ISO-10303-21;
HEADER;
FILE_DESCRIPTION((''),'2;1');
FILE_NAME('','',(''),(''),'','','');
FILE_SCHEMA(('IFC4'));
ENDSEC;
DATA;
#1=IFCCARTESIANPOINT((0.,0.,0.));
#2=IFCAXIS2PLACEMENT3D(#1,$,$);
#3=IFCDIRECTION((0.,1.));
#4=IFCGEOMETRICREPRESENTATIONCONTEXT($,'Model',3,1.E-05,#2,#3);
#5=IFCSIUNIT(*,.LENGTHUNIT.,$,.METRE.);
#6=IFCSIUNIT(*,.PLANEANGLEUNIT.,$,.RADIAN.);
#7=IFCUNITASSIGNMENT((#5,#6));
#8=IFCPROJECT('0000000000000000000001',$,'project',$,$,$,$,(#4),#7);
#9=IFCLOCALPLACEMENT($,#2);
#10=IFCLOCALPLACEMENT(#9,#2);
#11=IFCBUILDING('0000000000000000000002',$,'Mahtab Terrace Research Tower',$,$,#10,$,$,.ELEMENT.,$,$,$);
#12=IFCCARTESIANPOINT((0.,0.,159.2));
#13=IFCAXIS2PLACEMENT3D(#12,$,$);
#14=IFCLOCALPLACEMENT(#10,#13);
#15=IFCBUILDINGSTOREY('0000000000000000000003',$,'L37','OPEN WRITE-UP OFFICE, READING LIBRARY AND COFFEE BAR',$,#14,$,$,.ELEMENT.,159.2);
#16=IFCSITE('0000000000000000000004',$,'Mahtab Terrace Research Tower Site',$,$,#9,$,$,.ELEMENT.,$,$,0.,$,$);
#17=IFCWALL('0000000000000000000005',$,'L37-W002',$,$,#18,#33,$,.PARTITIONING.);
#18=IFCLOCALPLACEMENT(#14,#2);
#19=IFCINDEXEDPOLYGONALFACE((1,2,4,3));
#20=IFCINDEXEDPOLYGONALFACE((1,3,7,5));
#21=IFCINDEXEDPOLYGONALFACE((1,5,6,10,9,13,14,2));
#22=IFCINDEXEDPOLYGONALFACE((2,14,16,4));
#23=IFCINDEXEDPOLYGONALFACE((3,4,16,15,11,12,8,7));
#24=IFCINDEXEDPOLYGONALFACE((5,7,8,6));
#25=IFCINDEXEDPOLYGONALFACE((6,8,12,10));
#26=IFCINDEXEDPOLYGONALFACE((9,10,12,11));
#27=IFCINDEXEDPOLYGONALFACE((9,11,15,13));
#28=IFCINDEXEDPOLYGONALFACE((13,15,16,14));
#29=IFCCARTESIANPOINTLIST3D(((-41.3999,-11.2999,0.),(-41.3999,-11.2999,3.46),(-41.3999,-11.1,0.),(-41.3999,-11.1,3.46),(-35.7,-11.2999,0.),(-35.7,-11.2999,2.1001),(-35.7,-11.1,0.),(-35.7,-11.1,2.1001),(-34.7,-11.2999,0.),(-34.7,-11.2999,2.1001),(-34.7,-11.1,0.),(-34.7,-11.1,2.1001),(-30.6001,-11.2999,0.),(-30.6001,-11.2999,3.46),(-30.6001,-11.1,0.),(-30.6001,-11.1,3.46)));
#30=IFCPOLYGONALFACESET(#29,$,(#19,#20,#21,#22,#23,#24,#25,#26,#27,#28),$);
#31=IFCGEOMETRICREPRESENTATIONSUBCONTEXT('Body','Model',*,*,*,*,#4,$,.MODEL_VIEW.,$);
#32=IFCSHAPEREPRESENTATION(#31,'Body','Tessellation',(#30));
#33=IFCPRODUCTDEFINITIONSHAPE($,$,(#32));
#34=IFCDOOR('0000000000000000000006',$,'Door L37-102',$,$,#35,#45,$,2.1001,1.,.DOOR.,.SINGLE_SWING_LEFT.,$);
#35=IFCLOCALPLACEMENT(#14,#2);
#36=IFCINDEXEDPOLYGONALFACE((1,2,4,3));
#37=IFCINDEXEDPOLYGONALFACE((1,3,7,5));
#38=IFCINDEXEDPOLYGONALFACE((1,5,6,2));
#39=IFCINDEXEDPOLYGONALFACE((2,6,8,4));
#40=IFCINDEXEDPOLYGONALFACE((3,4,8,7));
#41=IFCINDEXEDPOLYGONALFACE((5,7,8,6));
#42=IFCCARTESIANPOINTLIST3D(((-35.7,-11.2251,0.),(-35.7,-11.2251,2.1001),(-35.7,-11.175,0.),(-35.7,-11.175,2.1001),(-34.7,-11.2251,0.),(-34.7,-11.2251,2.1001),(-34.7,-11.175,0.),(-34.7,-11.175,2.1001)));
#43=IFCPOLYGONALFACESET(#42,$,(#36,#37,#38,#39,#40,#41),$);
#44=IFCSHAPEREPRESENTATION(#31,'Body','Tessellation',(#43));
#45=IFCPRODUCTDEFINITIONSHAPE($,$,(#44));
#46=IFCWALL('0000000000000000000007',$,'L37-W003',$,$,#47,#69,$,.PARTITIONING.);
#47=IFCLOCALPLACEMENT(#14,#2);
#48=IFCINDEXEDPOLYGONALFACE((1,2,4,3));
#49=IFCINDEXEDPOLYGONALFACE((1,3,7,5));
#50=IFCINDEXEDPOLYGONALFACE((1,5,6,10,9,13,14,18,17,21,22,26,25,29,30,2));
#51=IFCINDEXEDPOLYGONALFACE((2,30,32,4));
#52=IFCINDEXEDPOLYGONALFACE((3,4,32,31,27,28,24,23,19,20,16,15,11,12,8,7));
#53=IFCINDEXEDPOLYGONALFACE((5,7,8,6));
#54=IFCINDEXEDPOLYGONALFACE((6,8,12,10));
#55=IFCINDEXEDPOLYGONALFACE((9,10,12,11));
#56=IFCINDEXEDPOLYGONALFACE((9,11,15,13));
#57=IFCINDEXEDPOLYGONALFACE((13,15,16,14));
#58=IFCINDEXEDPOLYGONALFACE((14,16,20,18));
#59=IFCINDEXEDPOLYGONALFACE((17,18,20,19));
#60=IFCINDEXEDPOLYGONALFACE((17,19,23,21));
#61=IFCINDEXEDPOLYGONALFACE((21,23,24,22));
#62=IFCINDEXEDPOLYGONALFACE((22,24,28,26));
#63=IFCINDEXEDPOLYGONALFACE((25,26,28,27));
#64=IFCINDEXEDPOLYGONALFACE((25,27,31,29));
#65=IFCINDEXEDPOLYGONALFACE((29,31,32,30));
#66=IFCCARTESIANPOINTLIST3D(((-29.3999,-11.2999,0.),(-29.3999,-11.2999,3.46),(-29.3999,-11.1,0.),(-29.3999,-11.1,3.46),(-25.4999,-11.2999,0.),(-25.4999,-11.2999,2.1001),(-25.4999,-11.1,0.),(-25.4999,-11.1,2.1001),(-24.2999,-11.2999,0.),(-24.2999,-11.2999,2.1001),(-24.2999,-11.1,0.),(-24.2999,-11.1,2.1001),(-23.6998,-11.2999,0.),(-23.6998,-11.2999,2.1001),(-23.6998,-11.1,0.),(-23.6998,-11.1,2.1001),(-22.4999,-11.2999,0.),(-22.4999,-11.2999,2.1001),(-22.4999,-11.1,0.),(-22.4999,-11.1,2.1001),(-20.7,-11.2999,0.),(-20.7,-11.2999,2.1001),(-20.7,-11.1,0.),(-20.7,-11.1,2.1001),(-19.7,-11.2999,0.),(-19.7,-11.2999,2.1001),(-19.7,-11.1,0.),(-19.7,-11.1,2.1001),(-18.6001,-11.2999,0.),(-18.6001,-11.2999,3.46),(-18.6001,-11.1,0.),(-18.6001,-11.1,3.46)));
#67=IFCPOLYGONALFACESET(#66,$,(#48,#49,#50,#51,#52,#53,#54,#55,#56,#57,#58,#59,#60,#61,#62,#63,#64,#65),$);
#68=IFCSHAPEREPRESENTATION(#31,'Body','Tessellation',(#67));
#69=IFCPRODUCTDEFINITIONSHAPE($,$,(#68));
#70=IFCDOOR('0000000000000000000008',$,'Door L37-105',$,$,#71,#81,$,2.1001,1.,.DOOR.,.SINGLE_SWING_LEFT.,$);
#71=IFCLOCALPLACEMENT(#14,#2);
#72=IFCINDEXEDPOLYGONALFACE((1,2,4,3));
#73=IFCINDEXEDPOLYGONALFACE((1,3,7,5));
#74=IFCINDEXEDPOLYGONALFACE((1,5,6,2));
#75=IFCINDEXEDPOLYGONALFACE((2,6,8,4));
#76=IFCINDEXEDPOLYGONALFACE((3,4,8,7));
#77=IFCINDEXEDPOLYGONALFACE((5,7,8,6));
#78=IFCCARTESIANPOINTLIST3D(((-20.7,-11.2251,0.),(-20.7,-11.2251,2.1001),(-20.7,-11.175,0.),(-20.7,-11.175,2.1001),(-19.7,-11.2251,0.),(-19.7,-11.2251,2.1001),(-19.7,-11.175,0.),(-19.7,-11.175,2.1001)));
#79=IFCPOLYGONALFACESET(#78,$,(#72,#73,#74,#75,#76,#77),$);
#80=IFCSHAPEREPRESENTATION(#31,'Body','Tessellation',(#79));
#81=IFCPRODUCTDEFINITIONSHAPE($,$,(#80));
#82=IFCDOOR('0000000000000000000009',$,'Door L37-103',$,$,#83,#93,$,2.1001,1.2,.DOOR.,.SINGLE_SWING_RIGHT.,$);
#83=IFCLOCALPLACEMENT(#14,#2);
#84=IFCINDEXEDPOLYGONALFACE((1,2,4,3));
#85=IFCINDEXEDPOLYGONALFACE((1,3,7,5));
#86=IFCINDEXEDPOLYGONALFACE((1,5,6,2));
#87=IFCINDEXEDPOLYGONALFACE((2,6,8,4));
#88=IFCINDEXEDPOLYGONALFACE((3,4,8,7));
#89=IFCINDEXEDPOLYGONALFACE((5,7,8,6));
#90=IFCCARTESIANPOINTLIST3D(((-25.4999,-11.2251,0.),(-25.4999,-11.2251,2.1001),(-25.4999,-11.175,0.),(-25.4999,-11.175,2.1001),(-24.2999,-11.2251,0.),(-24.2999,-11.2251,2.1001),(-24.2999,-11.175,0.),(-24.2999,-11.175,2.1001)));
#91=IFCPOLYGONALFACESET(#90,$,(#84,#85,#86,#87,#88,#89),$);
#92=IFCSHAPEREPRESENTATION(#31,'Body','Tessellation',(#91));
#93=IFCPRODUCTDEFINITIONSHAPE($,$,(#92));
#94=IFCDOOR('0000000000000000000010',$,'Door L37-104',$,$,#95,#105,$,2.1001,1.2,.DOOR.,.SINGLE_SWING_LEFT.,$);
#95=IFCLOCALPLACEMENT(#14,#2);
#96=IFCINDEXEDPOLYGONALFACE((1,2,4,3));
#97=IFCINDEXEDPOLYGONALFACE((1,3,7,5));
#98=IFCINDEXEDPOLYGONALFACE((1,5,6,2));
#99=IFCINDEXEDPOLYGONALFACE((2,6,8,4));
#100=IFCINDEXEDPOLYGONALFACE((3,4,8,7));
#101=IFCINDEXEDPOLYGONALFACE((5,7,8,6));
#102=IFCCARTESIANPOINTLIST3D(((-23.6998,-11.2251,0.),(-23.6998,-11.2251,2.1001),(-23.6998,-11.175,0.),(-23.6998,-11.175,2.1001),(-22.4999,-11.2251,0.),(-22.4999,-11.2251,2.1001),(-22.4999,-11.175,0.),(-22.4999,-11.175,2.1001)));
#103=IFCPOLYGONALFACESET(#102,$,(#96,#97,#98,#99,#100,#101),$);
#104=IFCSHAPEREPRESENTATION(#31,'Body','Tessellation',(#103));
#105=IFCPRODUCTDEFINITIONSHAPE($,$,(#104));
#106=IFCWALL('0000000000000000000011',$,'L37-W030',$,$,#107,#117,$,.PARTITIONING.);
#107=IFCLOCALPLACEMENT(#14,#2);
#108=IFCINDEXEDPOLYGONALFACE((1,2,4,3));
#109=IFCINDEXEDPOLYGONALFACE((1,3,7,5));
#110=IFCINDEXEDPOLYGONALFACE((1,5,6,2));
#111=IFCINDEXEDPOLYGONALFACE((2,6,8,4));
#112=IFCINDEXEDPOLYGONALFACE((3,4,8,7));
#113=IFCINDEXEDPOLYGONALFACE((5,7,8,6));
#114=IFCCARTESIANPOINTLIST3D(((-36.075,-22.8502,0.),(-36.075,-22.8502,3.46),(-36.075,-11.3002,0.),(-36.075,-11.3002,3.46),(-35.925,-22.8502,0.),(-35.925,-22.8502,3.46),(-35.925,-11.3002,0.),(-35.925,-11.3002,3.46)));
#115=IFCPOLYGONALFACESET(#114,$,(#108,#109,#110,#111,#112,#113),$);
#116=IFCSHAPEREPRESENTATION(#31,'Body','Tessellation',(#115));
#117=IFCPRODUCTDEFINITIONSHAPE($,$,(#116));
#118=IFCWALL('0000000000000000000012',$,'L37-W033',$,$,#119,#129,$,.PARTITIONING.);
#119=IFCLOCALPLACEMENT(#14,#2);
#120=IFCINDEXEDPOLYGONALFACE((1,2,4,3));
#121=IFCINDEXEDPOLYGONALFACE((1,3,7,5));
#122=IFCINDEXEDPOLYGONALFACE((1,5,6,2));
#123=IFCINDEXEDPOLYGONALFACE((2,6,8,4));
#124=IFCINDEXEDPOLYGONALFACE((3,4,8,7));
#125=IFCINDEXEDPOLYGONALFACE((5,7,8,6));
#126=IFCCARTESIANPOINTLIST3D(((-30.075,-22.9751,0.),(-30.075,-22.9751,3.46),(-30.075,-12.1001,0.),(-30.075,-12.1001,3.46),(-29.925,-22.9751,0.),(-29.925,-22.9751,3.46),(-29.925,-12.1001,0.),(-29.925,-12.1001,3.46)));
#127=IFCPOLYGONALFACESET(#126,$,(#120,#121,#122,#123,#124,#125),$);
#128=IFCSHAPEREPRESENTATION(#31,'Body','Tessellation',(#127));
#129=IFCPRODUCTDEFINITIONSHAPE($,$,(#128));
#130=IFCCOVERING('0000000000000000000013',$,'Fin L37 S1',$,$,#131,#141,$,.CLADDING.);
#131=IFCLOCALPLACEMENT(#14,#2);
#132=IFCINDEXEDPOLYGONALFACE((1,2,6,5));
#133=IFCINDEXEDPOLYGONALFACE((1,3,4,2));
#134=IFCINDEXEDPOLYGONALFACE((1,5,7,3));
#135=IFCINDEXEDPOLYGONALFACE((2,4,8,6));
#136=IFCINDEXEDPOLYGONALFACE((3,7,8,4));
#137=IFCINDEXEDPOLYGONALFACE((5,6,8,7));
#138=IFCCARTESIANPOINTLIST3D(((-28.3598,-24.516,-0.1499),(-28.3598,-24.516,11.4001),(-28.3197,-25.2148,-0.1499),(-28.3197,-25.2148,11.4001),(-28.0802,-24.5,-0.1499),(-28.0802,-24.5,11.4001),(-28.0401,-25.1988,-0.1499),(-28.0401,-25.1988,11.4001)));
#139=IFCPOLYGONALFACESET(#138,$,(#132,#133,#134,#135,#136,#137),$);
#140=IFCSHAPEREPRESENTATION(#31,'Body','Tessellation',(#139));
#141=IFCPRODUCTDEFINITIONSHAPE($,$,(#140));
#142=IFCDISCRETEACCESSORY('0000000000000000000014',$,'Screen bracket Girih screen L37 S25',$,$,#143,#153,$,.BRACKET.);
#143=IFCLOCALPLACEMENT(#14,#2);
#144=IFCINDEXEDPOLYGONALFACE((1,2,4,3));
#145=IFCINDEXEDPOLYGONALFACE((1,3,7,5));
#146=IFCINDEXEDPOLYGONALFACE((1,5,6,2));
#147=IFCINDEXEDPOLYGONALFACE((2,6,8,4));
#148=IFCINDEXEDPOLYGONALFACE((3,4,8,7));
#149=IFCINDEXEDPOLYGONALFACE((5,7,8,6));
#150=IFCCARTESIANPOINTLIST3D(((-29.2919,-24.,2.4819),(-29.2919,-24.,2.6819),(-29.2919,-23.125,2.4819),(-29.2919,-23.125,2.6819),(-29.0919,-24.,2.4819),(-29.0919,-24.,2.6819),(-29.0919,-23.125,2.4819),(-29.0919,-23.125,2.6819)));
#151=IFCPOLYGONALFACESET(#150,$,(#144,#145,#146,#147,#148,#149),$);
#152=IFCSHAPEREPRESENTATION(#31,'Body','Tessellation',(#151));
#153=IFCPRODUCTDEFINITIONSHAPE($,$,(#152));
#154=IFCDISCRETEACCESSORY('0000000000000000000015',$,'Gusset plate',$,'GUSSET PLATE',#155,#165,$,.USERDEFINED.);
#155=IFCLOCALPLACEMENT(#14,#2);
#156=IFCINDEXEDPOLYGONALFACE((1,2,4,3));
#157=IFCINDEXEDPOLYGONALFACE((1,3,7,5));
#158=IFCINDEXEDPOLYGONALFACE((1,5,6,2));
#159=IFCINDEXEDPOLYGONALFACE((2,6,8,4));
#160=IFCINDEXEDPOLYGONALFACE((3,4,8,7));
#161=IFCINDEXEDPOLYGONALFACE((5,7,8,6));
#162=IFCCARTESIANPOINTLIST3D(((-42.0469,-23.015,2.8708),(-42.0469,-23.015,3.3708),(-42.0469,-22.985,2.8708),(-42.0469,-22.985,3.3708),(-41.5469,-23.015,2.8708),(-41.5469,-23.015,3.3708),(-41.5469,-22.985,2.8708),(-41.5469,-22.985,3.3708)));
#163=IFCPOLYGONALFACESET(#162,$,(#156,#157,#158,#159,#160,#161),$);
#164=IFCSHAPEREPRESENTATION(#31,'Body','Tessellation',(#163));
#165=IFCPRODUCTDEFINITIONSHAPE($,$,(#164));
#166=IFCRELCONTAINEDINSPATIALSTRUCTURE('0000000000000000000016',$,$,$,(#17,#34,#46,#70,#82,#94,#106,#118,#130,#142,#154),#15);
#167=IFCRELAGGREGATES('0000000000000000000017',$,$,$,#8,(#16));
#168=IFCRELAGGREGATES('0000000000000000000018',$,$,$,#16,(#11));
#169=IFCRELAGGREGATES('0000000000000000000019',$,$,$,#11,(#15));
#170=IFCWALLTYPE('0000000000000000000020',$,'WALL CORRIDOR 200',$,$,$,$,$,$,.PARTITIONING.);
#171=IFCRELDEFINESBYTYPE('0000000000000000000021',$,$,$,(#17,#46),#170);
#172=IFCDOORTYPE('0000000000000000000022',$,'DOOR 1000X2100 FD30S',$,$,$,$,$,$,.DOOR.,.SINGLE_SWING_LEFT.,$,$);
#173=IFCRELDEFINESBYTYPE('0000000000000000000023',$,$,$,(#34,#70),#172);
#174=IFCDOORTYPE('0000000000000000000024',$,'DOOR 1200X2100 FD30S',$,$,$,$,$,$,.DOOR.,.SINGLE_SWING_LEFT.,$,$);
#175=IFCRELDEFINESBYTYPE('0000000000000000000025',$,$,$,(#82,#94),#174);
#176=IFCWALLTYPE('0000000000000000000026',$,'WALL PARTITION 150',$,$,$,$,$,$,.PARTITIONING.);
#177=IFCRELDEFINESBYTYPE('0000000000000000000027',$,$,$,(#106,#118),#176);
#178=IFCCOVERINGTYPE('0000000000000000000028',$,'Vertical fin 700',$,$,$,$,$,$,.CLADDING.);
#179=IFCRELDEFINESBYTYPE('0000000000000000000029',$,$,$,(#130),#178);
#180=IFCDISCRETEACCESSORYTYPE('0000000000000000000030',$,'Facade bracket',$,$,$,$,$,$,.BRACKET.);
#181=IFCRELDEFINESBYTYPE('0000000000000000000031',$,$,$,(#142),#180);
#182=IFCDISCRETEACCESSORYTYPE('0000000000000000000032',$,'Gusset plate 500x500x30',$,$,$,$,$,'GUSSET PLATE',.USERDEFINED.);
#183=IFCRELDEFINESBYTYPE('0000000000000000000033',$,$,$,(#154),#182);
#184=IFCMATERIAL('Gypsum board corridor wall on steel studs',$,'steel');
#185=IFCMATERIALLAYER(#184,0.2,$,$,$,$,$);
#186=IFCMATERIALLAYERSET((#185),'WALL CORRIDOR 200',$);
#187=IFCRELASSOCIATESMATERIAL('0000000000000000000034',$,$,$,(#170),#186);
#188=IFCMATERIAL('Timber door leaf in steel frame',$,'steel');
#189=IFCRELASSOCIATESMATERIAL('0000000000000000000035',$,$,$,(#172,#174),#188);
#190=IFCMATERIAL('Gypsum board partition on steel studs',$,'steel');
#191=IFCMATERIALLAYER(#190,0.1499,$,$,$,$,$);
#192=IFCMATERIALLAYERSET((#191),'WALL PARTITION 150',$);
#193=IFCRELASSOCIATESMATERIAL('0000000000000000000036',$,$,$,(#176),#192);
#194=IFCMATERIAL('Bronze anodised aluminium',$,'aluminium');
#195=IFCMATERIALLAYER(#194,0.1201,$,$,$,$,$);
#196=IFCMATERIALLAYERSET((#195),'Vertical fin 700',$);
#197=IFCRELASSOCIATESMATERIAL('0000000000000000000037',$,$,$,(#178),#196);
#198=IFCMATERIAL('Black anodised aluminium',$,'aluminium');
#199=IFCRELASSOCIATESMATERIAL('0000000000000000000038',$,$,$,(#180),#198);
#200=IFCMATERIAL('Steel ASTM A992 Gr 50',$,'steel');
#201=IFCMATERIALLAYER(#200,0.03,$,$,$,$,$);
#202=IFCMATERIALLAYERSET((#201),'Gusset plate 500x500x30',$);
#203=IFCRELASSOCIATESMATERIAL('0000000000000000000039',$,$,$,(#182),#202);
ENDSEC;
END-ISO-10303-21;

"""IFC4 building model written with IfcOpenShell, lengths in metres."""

from ifc_helpers import new_model, si_unit, direction, frame, frame_2d, origin, origin_2d, place, context, subcontext, project, spatial, rectangle, extrude, material, layer, layer_set, type_object, element, fill, save


model = new_model("IFC4")

# Units and contexts
model_context = context("Model", 3, precision=1e-05, world=origin(), true_north=direction((0.0, 1.0)))
body_context = subcontext(model_context, "Body", "Model", "MODEL_VIEW")
ifc_project = project(units=[si_unit("LENGTHUNIT", "METRE"), si_unit("PLANEANGLEUNIT", "RADIAN")], contexts=[model_context])

# Site, building, storey
site_placement = place(None, origin())
site = spatial("IfcSite", under=ifc_project, at=site_placement, Name="Mahtab Terrace Research Tower Site", CompositionType="ELEMENT", RefElevation=0.0)
building_placement = place(site_placement, origin())
building = spatial("IfcBuilding", under=site, at=building_placement, Name="Mahtab Terrace Research Tower", CompositionType="ELEMENT")
storey_placement = place(building_placement, frame((0.0, 0.0, 159.2)))
storey = spatial("IfcBuildingStorey", under=building, at=storey_placement, Name="L37", Description="OPEN WRITE-UP OFFICE, READING LIBRARY AND COFFEE BAR", CompositionType="ELEMENT", Elevation=159.2)

# Shared definitions
ifc_material_1 = material(Name="Steel ASTM A992 Gr 50", Category="steel")

# Wall, opening, door
ifc_material_2 = material(Name="Gypsum board corridor wall on steel studs", Category="steel")
ifc_layer_1 = layer(ifc_material_2, 0.2)
ifc_layer_set_1 = layer_set([ifc_layer_1], Name="WALL CORRIDOR 200")
wall_type_1 = type_object("IfcWallType", Name="WALL CORRIDOR 200", PredefinedType="PARTITIONING", material=ifc_layer_set_1)
wall_1_placement = place(storey_placement, frame((-41.3999, -11.2, 0.0), z_axis=(0.0, 0.0, 1.0), x_axis=(1.0, 0.0, 0.0)))
wall_1 = element("IfcWall", 1, at=wall_1_placement, inside=storey, type_object=wall_type_1, Name="L37-W002", PredefinedType="PARTITIONING", context=body_context, shape_type="SweptSolid", body=[
    extrude(rectangle(XDim=10.7998, YDim=0.2, at=frame_2d((5.3999, 0.0))), origin(), (0.0, 0.0, 1.0), 3.46),
])
opening_1_placement = place(wall_1_placement, frame((5.7, 0.0, 0.0)))
opening_1 = element("IfcOpeningElement", 2, at=opening_1_placement, cuts=wall_1, PredefinedType="OPENING", context=body_context, shape_type="SweptSolid", body=[
    extrude(rectangle(XDim=1.0, YDim=2.1001, at=frame_2d((0.5, 1.05))), frame((0.0, 0.1099, 0.0), z_axis=(0.0, -1.0, 0.0), x_axis=(1.0, 0.0, 0.0)), (0.0, 0.0, 1.0), 0.22),
])
ifc_material_3 = material(Name="Timber door leaf in steel frame", Category="steel")
door_type_1 = type_object("IfcDoorType", Name="DOOR 1000X2100 FD30S", OperationType="SINGLE_SWING_LEFT", PredefinedType="DOOR", material=ifc_material_3)
door_1_placement = place(opening_1_placement, origin())
door_1 = element("IfcDoor", 3, at=door_1_placement, inside=storey, type_object=door_type_1, Name="Door L37-102", OperationType="SINGLE_SWING_LEFT", OverallHeight=2.1001, OverallWidth=1.0, PredefinedType="DOOR", context=body_context, shape_type="SweptSolid", body=[
    extrude(rectangle(XDim=1.0, YDim=2.1001, at=frame_2d((0.5, 1.05))), frame((0.0, 0.0249, 0.0), z_axis=(0.0, -1.0, 0.0), x_axis=(1.0, 0.0, 0.0)), (0.0, 0.0, 1.0), 0.05),
])
fill(opening_1, door_1)

# Wall, openings, doors
wall_2_placement = place(storey_placement, frame((-29.3999, -11.2, 0.0), z_axis=(0.0, 0.0, 1.0), x_axis=(1.0, 0.0, 0.0)))
wall_2 = element("IfcWall", 4, at=wall_2_placement, inside=storey, type_object=wall_type_1, Name="L37-W003", PredefinedType="PARTITIONING", context=body_context, shape_type="SweptSolid", body=[
    extrude(rectangle(XDim=10.7998, YDim=0.2, at=frame_2d((5.3999, 0.0))), origin(), (0.0, 0.0, 1.0), 3.46),
])
opening_2_placement = place(wall_2_placement, frame((3.8999, 0.0, 0.0)))
opening_2 = element("IfcOpeningElement", 5, at=opening_2_placement, cuts=wall_2, PredefinedType="OPENING", context=body_context, shape_type="SweptSolid", body=[
    extrude(rectangle(XDim=1.2, YDim=2.1001, at=frame_2d((0.6001, 1.05))), frame((0.0, 0.1099, 0.0), z_axis=(0.0, -1.0, 0.0), x_axis=(1.0, 0.0, 0.0)), (0.0, 0.0, 1.0), 0.22),
])
opening_3_placement = place(wall_2_placement, frame((5.7, 0.0, 0.0)))
opening_3 = element("IfcOpeningElement", 6, at=opening_3_placement, cuts=wall_2, PredefinedType="OPENING", context=body_context, shape_type="SweptSolid", body=[
    extrude(rectangle(XDim=1.2, YDim=2.1001, at=frame_2d((0.6001, 1.05))), frame((0.0, 0.1099, 0.0), z_axis=(0.0, -1.0, 0.0), x_axis=(1.0, 0.0, 0.0)), (0.0, 0.0, 1.0), 0.22),
])
opening_4_placement = place(wall_2_placement, frame((8.7, 0.0, 0.0)))
opening_4 = element("IfcOpeningElement", 7, at=opening_4_placement, cuts=wall_2, PredefinedType="OPENING", context=body_context, shape_type="SweptSolid", body=[
    extrude(rectangle(XDim=1.0, YDim=2.1001, at=frame_2d((0.5, 1.05))), frame((0.0, 0.1099, 0.0), z_axis=(0.0, -1.0, 0.0), x_axis=(1.0, 0.0, 0.0)), (0.0, 0.0, 1.0), 0.22),
])
door_2_placement = place(opening_4_placement, origin())
door_2 = element("IfcDoor", 8, at=door_2_placement, inside=storey, type_object=door_type_1, Name="Door L37-105", OperationType="SINGLE_SWING_LEFT", OverallHeight=2.1001, OverallWidth=1.0, PredefinedType="DOOR", context=body_context, shape_type="SweptSolid", body=[
    extrude(rectangle(XDim=1.0, YDim=2.1001, at=frame_2d((0.5, 1.05))), frame((0.0, 0.0249, 0.0), z_axis=(0.0, -1.0, 0.0), x_axis=(1.0, 0.0, 0.0)), (0.0, 0.0, 1.0), 0.05),
])
fill(opening_4, door_2)
door_type_2 = type_object("IfcDoorType", Name="DOOR 1200X2100 FD30S", OperationType="SINGLE_SWING_LEFT", PredefinedType="DOOR", material=ifc_material_3)
door_3_placement = place(opening_2_placement, origin())
door_3 = element("IfcDoor", 9, at=door_3_placement, inside=storey, type_object=door_type_2, Name="Door L37-103", OperationType="SINGLE_SWING_RIGHT", OverallHeight=2.1001, OverallWidth=1.2, PredefinedType="DOOR", context=body_context, shape_type="SweptSolid", body=[
    extrude(rectangle(XDim=1.2, YDim=2.1001, at=frame_2d((0.6001, 1.05))), frame((0.0, 0.0249, 0.0), z_axis=(0.0, -1.0, 0.0), x_axis=(1.0, 0.0, 0.0)), (0.0, 0.0, 1.0), 0.05),
])
fill(opening_2, door_3)
door_4_placement = place(opening_3_placement, origin())
door_4 = element("IfcDoor", 10, at=door_4_placement, inside=storey, type_object=door_type_2, Name="Door L37-104", OperationType="SINGLE_SWING_LEFT", OverallHeight=2.1001, OverallWidth=1.2, PredefinedType="DOOR", context=body_context, shape_type="SweptSolid", body=[
    extrude(rectangle(XDim=1.2, YDim=2.1001, at=frame_2d((0.6001, 1.05))), frame((0.0, 0.0249, 0.0), z_axis=(0.0, -1.0, 0.0), x_axis=(1.0, 0.0, 0.0)), (0.0, 0.0, 1.0), 0.05),
])
fill(opening_3, door_4)

# Walls
ifc_material_4 = material(Name="Gypsum board partition on steel studs", Category="steel")
ifc_layer_2 = layer(ifc_material_4, 0.1499)
ifc_layer_set_2 = layer_set([ifc_layer_2], Name="WALL PARTITION 150")
wall_type_2 = type_object("IfcWallType", Name="WALL PARTITION 150", PredefinedType="PARTITIONING", material=ifc_layer_set_2)
wall_3_placement = place(storey_placement, frame((-36.0, -22.8501, 0.0), z_axis=(0.0, 0.0, 1.0), x_axis=(0.0, 1.0, 0.0)))
element("IfcWall", 11, at=wall_3_placement, inside=storey, type_object=wall_type_2, Name="L37-W030", PredefinedType="PARTITIONING", context=body_context, shape_type="SweptSolid", body=[
    extrude(rectangle(XDim=11.55, YDim=0.1499, at=frame_2d((5.7749, 0.0))), origin(), (0.0, 0.0, 1.0), 3.46),
])
wall_4_placement = place(storey_placement, frame((-30.0, -22.9751, 0.0), z_axis=(0.0, 0.0, 1.0), x_axis=(0.0, 1.0, 0.0)))
element("IfcWall", 12, at=wall_4_placement, inside=storey, type_object=wall_type_2, Name="L37-W033", PredefinedType="PARTITIONING", context=body_context, shape_type="SweptSolid", body=[
    extrude(rectangle(XDim=10.875, YDim=0.1499, at=frame_2d((5.4375, 0.0))), origin(), (0.0, 0.0, 1.0), 3.46),
])

# Covering
ifc_material_5 = material(Name="Bronze anodised aluminium", Category="aluminium")
ifc_layer_3 = layer(ifc_material_5, 0.1201)
ifc_layer_set_3 = layer_set([ifc_layer_3], Name="Vertical fin 700")
covering_type = type_object("IfcCoveringType", Name="Vertical fin 700", PredefinedType="CLADDING", material=ifc_layer_set_3)
covering_placement = place(storey_placement, frame((-28.2, -24.8574, -0.1499), z_axis=(0.0, 0.0, 1.0), x_axis=(0.998356, 0.057315, 0.0)))
element("IfcCovering", 13, at=covering_placement, inside=storey, type_object=covering_type, Name="Fin L37 S1", PredefinedType="CLADDING", context=body_context, shape_type="SweptSolid", body=[
    extrude(rectangle(XDim=0.28, YDim=0.7, at=origin_2d()), origin(), (0.0, 0.0, 1.0), 11.55),
])

# Discrete accessories
ifc_material_6 = material(Name="Black anodised aluminium", Category="aluminium")
discrete_accessory_type_1 = type_object("IfcDiscreteAccessoryType", Name="Facade bracket", PredefinedType="BRACKET", material=ifc_material_6)
discrete_accessory_placement = place(storey_placement, frame((-29.1919, -23.5625, 2.4819), z_axis=(0.0, 0.0, 1.0), x_axis=(1.0, 0.0, 0.0)))
element("IfcDiscreteAccessory", 14, at=discrete_accessory_placement, inside=storey, type_object=discrete_accessory_type_1, Name="Screen bracket Girih screen L37 S25", PredefinedType="BRACKET", context=body_context, shape_type="SweptSolid", body=[
    extrude(rectangle(XDim=0.2, YDim=0.875, at=origin_2d()), origin(), (0.0, 0.0, 1.0), 0.2),
])
ifc_layer_4 = layer(ifc_material_1, 0.03)
ifc_layer_set_4 = layer_set([ifc_layer_4], Name="Gusset plate 500x500x30")
discrete_accessory_type_2 = type_object("IfcDiscreteAccessoryType", Name="Gusset plate 500x500x30", ElementType="GUSSET PLATE", PredefinedType="USERDEFINED", material=ifc_layer_set_4)
for number, where, z_axis, x_axis, name in (
    (15, (-41.7969, -23.0, 2.8708), (0.0, 0.0, 1.0), (1.0, 0.0, 0.0), "Gusset plate"),
):
    element("IfcDiscreteAccessory", number, at=place(storey_placement, frame(where, z_axis=z_axis, x_axis=x_axis)), inside=storey, type_object=discrete_accessory_type_2, Name=name, ObjectType="GUSSET PLATE", PredefinedType="USERDEFINED", context=body_context, shape_type="SweptSolid", body=[
        extrude(rectangle(XDim=0.5, YDim=0.03, at=origin_2d()), origin(), (0.0, 0.0, 1.0), 0.5),
    ])

save(model, "model.ifc")
